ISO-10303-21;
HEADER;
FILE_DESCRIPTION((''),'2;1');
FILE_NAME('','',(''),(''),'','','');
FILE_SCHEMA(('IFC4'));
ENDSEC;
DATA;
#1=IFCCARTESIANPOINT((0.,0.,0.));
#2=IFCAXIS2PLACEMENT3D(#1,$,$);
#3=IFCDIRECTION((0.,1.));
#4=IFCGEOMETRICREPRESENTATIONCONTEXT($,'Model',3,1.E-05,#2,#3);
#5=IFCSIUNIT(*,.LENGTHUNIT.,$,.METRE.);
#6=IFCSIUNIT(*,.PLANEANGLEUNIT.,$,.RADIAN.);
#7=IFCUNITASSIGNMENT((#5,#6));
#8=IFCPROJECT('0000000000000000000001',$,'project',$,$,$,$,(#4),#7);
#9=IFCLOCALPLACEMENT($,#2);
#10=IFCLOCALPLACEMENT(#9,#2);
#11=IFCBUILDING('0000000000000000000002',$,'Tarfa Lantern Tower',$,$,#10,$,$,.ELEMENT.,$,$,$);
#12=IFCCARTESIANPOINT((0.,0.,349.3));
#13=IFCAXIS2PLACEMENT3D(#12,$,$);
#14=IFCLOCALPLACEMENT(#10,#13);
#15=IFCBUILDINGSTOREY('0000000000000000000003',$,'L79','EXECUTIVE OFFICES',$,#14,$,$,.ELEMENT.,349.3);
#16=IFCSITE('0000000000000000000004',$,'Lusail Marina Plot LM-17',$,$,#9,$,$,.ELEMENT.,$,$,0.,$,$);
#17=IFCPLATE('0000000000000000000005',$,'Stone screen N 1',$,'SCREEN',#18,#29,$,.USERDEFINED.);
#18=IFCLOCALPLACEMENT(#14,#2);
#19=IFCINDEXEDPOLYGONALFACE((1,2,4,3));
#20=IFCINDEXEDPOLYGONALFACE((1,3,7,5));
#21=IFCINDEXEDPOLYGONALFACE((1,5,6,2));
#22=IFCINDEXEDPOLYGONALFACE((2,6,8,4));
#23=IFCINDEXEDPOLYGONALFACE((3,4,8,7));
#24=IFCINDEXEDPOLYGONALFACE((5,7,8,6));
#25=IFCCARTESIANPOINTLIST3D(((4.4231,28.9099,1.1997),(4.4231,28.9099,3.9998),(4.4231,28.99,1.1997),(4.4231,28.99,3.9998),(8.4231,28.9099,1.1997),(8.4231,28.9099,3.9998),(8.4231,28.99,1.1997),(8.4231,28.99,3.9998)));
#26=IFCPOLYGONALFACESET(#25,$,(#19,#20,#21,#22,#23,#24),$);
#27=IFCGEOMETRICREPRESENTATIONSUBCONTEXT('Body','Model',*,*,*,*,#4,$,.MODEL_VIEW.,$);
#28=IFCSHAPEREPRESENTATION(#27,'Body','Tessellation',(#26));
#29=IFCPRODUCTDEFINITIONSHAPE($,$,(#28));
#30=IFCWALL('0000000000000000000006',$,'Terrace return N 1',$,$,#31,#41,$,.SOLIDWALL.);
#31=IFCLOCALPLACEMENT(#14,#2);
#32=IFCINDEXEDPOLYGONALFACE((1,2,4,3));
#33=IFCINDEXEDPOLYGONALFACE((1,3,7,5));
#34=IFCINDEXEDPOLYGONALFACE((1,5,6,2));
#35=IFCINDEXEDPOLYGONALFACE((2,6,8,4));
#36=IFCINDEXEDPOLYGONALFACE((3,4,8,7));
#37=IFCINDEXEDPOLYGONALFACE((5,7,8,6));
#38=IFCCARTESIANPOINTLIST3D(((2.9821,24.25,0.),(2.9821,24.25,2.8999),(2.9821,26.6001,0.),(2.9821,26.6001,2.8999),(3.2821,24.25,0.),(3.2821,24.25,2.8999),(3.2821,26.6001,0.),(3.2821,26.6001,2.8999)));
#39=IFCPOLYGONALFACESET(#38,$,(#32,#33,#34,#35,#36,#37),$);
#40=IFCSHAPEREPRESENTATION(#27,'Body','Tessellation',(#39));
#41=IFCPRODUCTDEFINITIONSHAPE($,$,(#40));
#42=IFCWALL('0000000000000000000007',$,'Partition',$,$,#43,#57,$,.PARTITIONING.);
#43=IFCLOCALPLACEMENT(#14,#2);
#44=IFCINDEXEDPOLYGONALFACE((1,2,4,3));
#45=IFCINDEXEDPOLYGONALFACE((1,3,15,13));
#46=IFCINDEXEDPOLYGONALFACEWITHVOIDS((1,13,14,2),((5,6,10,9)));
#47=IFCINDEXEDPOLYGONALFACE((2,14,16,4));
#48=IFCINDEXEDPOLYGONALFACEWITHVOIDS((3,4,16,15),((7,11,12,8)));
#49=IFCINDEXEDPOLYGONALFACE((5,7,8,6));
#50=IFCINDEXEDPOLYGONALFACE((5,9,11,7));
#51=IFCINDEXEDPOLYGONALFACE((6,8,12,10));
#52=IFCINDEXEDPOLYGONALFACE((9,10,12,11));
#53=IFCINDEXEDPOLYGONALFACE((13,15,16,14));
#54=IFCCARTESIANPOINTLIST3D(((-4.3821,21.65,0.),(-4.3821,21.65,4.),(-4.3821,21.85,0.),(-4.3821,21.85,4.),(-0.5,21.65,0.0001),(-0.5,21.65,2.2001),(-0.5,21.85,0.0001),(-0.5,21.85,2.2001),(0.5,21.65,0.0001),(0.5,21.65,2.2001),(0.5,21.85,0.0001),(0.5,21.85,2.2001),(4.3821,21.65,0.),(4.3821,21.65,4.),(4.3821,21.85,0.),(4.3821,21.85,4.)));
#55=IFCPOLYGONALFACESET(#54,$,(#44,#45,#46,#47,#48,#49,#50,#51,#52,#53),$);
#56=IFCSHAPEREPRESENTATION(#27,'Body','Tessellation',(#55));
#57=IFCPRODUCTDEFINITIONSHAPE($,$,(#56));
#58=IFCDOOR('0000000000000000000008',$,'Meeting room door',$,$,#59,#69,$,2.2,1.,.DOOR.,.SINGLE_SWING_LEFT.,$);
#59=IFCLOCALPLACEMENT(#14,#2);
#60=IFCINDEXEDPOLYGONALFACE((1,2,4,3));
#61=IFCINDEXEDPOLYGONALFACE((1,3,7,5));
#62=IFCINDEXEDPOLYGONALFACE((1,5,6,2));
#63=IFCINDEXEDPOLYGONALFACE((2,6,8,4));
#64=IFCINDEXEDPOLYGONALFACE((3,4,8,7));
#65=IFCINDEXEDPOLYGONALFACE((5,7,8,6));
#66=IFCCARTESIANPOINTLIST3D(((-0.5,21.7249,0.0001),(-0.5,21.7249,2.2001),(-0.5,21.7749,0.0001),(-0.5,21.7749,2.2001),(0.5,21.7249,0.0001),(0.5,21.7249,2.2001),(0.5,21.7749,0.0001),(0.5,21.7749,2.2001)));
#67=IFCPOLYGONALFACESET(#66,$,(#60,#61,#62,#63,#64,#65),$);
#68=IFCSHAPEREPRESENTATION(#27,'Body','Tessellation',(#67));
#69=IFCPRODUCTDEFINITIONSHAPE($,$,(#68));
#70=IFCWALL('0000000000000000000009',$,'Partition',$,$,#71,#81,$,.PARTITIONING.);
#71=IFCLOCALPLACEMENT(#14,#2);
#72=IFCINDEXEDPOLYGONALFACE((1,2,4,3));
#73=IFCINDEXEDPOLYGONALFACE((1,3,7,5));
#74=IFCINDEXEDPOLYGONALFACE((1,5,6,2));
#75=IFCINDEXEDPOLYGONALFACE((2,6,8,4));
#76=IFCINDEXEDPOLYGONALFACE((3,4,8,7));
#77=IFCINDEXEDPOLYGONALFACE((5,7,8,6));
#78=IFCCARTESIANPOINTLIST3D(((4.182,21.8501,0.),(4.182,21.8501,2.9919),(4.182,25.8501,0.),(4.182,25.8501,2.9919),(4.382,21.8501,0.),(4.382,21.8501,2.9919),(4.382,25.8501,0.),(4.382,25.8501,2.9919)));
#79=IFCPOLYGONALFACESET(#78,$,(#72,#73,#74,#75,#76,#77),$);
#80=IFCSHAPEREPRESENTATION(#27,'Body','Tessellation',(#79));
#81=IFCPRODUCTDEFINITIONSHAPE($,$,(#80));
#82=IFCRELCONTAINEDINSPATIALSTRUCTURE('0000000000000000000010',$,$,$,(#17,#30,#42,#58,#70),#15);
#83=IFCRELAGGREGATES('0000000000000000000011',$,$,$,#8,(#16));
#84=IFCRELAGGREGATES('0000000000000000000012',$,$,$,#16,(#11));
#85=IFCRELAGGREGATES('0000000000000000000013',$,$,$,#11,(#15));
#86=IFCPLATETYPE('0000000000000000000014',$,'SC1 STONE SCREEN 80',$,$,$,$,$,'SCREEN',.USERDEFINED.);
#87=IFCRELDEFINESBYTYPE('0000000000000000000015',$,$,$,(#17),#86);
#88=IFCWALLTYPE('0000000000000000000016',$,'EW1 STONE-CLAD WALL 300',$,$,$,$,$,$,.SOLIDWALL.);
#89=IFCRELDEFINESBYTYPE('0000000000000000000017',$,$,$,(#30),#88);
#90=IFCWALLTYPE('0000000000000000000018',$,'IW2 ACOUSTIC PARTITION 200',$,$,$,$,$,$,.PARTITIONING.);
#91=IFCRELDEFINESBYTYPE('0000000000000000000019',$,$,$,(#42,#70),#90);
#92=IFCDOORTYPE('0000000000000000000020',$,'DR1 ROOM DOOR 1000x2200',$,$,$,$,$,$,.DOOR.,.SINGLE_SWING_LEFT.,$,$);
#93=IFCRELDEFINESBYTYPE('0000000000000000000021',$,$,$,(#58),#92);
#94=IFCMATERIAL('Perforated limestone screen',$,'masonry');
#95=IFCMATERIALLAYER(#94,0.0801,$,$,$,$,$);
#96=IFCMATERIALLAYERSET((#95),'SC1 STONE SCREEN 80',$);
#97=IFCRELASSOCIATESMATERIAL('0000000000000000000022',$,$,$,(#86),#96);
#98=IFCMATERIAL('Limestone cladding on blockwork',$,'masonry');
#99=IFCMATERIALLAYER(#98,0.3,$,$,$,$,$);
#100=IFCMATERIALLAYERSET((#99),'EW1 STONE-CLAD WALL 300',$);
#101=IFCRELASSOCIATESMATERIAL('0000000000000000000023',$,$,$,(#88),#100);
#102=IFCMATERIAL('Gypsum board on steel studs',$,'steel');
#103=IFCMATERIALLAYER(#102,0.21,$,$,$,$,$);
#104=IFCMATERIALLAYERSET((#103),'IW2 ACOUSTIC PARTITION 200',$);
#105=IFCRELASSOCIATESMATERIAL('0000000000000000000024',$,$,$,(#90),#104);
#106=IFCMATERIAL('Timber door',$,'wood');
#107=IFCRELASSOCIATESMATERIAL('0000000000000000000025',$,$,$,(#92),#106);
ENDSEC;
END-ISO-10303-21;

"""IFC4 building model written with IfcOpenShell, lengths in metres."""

from ifc_helpers import new_model, si_unit, direction, frame, frame_2d, origin, origin_2d, place, context, subcontext, project, spatial, rectangle, extrude, material, layer, layer_set, type_object, element, fill, save


model = new_model("IFC4")

# Units and contexts
model_context = context("Model", 3, precision=1e-05, world=origin(), true_north=direction((0.0, 1.0)))
body_context = subcontext(model_context, "Body", "Model", "MODEL_VIEW")
ifc_project = project(units=[si_unit("LENGTHUNIT", "METRE"), si_unit("PLANEANGLEUNIT", "RADIAN")], contexts=[model_context])

# Site, building, storey
site_placement = place(None, origin())
site = spatial("IfcSite", under=ifc_project, at=site_placement, Name="Lusail Marina Plot LM-17", CompositionType="ELEMENT", RefElevation=0.0)
building_placement = place(site_placement, origin())
building = spatial("IfcBuilding", under=site, at=building_placement, Name="Tarfa Lantern Tower", CompositionType="ELEMENT")
storey_placement = place(building_placement, frame((0.0, 0.0, 349.3)))
storey = spatial("IfcBuildingStorey", under=building, at=storey_placement, Name="L79", Description="EXECUTIVE OFFICES", CompositionType="ELEMENT", Elevation=349.3)

# Plate
ifc_material_1 = material(Name="Perforated limestone screen", Category="masonry")
ifc_layer_1 = layer(ifc_material_1, 0.0801)
ifc_layer_set_1 = layer_set([ifc_layer_1], Name="SC1 STONE SCREEN 80")
plate_type_1 = type_object("IfcPlateType", Name="SC1 STONE SCREEN 80", ElementType="SCREEN", PredefinedType="USERDEFINED", material=ifc_layer_set_1)
plate_1_placement = place(storey_placement, frame((6.4231, 28.95, 1.1997), z_axis=(0.0, 0.0, 1.0), x_axis=(-1.0, 0.0, 0.0)))
element("IfcPlate", 1, at=plate_1_placement, inside=storey, type_object=plate_type_1, Name="Stone screen N 1", ObjectType="SCREEN", PredefinedType="USERDEFINED", context=body_context, shape_type="SweptSolid", body=[
    extrude(rectangle(XDim=4.0, YDim=0.0801, at=origin_2d()), origin(), (0.0, 0.0, 1.0), 2.8),
])

# Shared definitions
ifc_material_2 = material(Name="Limestone cladding on blockwork", Category="masonry")
ifc_layer_2 = layer(ifc_material_2, 0.3)
ifc_layer_set_2 = layer_set([ifc_layer_2], Name="EW1 STONE-CLAD WALL 300")
wall_type_1 = type_object("IfcWallType", Name="EW1 STONE-CLAD WALL 300", PredefinedType="SOLIDWALL", material=ifc_layer_set_2)

# Wall
wall_1_placement = place(storey_placement, frame((3.1321, 26.6001, 0.0), z_axis=(0.0, 0.0, 1.0), x_axis=(0.0, -1.0, 0.0)))
element("IfcWall", 2, at=wall_1_placement, inside=storey, type_object=wall_type_1, Name="Terrace return N 1", PredefinedType="SOLIDWALL", context=body_context, shape_type="SweptSolid", body=[
    extrude(rectangle(XDim=2.3501, YDim=0.3, at=frame_2d((1.175, 0.0))), origin(), (0.0, 0.0, 1.0), 2.8999),
])

# Wall, opening, door
ifc_material_3 = material(Name="Gypsum board on steel studs", Category="steel")
ifc_layer_3 = layer(ifc_material_3, 0.21)
ifc_layer_set_3 = layer_set([ifc_layer_3], Name="IW2 ACOUSTIC PARTITION 200")
wall_type_2 = type_object("IfcWallType", Name="IW2 ACOUSTIC PARTITION 200", PredefinedType="PARTITIONING", material=ifc_layer_set_3)
wall_2_placement = place(storey_placement, frame((4.3821, 21.75, 0.0), z_axis=(0.0, 0.0, 1.0), x_axis=(-1.0, 0.0, 0.0)))
wall_2 = element("IfcWall", 3, at=wall_2_placement, inside=storey, type_object=wall_type_2, Name="Partition", PredefinedType="PARTITIONING", context=body_context, shape_type="SweptSolid", body=[
    extrude(rectangle(XDim=8.7642, YDim=0.2, at=frame_2d((4.3821, 0.0))), origin(), (0.0, 0.0, 1.0), 4.0),
])
opening_1_placement = place(wall_2_placement, frame((3.8821, 0.0, 0.0)))
opening_1 = element("IfcOpeningElement", 4, at=opening_1_placement, cuts=wall_2, PredefinedType="OPENING", context=body_context, shape_type="SweptSolid", body=[
    extrude(rectangle(XDim=1.0, YDim=2.2, at=frame_2d((0.5, 1.1001))), frame((0.0, 0.1099, 0.0), z_axis=(0.0, -1.0, 0.0), x_axis=(1.0, 0.0, 0.0)), (0.0, 0.0, 1.0), 0.22),
])
ifc_material_4 = material(Name="Timber door", Category="wood")
door_type_1 = type_object("IfcDoorType", Name="DR1 ROOM DOOR 1000x2200", OperationType="SINGLE_SWING_LEFT", PredefinedType="DOOR", material=ifc_material_4)
door_1_placement = place(opening_1_placement, frame((1.0, 0.0, 0.0), z_axis=(0.0, 0.0, 1.0), x_axis=(-1.0, 0.0, 0.0)))
door_1 = element("IfcDoor", 5, at=door_1_placement, inside=storey, type_object=door_type_1, Name="Meeting room door", OperationType="SINGLE_SWING_LEFT", OverallHeight=2.2, OverallWidth=1.0, PredefinedType="DOOR", context=body_context, shape_type="SweptSolid", body=[
    extrude(rectangle(XDim=1.0, YDim=2.2, at=frame_2d((0.5, 1.1001))), frame((0.0, 0.0249, 0.0), z_axis=(0.0, -1.0, 0.0), x_axis=(1.0, 0.0, 0.0)), (0.0, 0.0, 1.0), 0.05),
])
fill(opening_1, door_1)

# Wall
wall_3_placement = place(storey_placement, frame((4.282, 21.8501, 0.0), z_axis=(0.0, 0.0, 1.0), x_axis=(0.0, 1.0, 0.0)))
element("IfcWall", 6, at=wall_3_placement, inside=storey, type_object=wall_type_2, Name="Partition", PredefinedType="PARTITIONING", context=body_context, shape_type="SweptSolid", body=[
    extrude(rectangle(XDim=4.0, YDim=0.2, at=frame_2d((2.0, 0.0))), origin(), (0.0, 0.0, 1.0), 2.9919),
])

save(model, "model.ifc")
